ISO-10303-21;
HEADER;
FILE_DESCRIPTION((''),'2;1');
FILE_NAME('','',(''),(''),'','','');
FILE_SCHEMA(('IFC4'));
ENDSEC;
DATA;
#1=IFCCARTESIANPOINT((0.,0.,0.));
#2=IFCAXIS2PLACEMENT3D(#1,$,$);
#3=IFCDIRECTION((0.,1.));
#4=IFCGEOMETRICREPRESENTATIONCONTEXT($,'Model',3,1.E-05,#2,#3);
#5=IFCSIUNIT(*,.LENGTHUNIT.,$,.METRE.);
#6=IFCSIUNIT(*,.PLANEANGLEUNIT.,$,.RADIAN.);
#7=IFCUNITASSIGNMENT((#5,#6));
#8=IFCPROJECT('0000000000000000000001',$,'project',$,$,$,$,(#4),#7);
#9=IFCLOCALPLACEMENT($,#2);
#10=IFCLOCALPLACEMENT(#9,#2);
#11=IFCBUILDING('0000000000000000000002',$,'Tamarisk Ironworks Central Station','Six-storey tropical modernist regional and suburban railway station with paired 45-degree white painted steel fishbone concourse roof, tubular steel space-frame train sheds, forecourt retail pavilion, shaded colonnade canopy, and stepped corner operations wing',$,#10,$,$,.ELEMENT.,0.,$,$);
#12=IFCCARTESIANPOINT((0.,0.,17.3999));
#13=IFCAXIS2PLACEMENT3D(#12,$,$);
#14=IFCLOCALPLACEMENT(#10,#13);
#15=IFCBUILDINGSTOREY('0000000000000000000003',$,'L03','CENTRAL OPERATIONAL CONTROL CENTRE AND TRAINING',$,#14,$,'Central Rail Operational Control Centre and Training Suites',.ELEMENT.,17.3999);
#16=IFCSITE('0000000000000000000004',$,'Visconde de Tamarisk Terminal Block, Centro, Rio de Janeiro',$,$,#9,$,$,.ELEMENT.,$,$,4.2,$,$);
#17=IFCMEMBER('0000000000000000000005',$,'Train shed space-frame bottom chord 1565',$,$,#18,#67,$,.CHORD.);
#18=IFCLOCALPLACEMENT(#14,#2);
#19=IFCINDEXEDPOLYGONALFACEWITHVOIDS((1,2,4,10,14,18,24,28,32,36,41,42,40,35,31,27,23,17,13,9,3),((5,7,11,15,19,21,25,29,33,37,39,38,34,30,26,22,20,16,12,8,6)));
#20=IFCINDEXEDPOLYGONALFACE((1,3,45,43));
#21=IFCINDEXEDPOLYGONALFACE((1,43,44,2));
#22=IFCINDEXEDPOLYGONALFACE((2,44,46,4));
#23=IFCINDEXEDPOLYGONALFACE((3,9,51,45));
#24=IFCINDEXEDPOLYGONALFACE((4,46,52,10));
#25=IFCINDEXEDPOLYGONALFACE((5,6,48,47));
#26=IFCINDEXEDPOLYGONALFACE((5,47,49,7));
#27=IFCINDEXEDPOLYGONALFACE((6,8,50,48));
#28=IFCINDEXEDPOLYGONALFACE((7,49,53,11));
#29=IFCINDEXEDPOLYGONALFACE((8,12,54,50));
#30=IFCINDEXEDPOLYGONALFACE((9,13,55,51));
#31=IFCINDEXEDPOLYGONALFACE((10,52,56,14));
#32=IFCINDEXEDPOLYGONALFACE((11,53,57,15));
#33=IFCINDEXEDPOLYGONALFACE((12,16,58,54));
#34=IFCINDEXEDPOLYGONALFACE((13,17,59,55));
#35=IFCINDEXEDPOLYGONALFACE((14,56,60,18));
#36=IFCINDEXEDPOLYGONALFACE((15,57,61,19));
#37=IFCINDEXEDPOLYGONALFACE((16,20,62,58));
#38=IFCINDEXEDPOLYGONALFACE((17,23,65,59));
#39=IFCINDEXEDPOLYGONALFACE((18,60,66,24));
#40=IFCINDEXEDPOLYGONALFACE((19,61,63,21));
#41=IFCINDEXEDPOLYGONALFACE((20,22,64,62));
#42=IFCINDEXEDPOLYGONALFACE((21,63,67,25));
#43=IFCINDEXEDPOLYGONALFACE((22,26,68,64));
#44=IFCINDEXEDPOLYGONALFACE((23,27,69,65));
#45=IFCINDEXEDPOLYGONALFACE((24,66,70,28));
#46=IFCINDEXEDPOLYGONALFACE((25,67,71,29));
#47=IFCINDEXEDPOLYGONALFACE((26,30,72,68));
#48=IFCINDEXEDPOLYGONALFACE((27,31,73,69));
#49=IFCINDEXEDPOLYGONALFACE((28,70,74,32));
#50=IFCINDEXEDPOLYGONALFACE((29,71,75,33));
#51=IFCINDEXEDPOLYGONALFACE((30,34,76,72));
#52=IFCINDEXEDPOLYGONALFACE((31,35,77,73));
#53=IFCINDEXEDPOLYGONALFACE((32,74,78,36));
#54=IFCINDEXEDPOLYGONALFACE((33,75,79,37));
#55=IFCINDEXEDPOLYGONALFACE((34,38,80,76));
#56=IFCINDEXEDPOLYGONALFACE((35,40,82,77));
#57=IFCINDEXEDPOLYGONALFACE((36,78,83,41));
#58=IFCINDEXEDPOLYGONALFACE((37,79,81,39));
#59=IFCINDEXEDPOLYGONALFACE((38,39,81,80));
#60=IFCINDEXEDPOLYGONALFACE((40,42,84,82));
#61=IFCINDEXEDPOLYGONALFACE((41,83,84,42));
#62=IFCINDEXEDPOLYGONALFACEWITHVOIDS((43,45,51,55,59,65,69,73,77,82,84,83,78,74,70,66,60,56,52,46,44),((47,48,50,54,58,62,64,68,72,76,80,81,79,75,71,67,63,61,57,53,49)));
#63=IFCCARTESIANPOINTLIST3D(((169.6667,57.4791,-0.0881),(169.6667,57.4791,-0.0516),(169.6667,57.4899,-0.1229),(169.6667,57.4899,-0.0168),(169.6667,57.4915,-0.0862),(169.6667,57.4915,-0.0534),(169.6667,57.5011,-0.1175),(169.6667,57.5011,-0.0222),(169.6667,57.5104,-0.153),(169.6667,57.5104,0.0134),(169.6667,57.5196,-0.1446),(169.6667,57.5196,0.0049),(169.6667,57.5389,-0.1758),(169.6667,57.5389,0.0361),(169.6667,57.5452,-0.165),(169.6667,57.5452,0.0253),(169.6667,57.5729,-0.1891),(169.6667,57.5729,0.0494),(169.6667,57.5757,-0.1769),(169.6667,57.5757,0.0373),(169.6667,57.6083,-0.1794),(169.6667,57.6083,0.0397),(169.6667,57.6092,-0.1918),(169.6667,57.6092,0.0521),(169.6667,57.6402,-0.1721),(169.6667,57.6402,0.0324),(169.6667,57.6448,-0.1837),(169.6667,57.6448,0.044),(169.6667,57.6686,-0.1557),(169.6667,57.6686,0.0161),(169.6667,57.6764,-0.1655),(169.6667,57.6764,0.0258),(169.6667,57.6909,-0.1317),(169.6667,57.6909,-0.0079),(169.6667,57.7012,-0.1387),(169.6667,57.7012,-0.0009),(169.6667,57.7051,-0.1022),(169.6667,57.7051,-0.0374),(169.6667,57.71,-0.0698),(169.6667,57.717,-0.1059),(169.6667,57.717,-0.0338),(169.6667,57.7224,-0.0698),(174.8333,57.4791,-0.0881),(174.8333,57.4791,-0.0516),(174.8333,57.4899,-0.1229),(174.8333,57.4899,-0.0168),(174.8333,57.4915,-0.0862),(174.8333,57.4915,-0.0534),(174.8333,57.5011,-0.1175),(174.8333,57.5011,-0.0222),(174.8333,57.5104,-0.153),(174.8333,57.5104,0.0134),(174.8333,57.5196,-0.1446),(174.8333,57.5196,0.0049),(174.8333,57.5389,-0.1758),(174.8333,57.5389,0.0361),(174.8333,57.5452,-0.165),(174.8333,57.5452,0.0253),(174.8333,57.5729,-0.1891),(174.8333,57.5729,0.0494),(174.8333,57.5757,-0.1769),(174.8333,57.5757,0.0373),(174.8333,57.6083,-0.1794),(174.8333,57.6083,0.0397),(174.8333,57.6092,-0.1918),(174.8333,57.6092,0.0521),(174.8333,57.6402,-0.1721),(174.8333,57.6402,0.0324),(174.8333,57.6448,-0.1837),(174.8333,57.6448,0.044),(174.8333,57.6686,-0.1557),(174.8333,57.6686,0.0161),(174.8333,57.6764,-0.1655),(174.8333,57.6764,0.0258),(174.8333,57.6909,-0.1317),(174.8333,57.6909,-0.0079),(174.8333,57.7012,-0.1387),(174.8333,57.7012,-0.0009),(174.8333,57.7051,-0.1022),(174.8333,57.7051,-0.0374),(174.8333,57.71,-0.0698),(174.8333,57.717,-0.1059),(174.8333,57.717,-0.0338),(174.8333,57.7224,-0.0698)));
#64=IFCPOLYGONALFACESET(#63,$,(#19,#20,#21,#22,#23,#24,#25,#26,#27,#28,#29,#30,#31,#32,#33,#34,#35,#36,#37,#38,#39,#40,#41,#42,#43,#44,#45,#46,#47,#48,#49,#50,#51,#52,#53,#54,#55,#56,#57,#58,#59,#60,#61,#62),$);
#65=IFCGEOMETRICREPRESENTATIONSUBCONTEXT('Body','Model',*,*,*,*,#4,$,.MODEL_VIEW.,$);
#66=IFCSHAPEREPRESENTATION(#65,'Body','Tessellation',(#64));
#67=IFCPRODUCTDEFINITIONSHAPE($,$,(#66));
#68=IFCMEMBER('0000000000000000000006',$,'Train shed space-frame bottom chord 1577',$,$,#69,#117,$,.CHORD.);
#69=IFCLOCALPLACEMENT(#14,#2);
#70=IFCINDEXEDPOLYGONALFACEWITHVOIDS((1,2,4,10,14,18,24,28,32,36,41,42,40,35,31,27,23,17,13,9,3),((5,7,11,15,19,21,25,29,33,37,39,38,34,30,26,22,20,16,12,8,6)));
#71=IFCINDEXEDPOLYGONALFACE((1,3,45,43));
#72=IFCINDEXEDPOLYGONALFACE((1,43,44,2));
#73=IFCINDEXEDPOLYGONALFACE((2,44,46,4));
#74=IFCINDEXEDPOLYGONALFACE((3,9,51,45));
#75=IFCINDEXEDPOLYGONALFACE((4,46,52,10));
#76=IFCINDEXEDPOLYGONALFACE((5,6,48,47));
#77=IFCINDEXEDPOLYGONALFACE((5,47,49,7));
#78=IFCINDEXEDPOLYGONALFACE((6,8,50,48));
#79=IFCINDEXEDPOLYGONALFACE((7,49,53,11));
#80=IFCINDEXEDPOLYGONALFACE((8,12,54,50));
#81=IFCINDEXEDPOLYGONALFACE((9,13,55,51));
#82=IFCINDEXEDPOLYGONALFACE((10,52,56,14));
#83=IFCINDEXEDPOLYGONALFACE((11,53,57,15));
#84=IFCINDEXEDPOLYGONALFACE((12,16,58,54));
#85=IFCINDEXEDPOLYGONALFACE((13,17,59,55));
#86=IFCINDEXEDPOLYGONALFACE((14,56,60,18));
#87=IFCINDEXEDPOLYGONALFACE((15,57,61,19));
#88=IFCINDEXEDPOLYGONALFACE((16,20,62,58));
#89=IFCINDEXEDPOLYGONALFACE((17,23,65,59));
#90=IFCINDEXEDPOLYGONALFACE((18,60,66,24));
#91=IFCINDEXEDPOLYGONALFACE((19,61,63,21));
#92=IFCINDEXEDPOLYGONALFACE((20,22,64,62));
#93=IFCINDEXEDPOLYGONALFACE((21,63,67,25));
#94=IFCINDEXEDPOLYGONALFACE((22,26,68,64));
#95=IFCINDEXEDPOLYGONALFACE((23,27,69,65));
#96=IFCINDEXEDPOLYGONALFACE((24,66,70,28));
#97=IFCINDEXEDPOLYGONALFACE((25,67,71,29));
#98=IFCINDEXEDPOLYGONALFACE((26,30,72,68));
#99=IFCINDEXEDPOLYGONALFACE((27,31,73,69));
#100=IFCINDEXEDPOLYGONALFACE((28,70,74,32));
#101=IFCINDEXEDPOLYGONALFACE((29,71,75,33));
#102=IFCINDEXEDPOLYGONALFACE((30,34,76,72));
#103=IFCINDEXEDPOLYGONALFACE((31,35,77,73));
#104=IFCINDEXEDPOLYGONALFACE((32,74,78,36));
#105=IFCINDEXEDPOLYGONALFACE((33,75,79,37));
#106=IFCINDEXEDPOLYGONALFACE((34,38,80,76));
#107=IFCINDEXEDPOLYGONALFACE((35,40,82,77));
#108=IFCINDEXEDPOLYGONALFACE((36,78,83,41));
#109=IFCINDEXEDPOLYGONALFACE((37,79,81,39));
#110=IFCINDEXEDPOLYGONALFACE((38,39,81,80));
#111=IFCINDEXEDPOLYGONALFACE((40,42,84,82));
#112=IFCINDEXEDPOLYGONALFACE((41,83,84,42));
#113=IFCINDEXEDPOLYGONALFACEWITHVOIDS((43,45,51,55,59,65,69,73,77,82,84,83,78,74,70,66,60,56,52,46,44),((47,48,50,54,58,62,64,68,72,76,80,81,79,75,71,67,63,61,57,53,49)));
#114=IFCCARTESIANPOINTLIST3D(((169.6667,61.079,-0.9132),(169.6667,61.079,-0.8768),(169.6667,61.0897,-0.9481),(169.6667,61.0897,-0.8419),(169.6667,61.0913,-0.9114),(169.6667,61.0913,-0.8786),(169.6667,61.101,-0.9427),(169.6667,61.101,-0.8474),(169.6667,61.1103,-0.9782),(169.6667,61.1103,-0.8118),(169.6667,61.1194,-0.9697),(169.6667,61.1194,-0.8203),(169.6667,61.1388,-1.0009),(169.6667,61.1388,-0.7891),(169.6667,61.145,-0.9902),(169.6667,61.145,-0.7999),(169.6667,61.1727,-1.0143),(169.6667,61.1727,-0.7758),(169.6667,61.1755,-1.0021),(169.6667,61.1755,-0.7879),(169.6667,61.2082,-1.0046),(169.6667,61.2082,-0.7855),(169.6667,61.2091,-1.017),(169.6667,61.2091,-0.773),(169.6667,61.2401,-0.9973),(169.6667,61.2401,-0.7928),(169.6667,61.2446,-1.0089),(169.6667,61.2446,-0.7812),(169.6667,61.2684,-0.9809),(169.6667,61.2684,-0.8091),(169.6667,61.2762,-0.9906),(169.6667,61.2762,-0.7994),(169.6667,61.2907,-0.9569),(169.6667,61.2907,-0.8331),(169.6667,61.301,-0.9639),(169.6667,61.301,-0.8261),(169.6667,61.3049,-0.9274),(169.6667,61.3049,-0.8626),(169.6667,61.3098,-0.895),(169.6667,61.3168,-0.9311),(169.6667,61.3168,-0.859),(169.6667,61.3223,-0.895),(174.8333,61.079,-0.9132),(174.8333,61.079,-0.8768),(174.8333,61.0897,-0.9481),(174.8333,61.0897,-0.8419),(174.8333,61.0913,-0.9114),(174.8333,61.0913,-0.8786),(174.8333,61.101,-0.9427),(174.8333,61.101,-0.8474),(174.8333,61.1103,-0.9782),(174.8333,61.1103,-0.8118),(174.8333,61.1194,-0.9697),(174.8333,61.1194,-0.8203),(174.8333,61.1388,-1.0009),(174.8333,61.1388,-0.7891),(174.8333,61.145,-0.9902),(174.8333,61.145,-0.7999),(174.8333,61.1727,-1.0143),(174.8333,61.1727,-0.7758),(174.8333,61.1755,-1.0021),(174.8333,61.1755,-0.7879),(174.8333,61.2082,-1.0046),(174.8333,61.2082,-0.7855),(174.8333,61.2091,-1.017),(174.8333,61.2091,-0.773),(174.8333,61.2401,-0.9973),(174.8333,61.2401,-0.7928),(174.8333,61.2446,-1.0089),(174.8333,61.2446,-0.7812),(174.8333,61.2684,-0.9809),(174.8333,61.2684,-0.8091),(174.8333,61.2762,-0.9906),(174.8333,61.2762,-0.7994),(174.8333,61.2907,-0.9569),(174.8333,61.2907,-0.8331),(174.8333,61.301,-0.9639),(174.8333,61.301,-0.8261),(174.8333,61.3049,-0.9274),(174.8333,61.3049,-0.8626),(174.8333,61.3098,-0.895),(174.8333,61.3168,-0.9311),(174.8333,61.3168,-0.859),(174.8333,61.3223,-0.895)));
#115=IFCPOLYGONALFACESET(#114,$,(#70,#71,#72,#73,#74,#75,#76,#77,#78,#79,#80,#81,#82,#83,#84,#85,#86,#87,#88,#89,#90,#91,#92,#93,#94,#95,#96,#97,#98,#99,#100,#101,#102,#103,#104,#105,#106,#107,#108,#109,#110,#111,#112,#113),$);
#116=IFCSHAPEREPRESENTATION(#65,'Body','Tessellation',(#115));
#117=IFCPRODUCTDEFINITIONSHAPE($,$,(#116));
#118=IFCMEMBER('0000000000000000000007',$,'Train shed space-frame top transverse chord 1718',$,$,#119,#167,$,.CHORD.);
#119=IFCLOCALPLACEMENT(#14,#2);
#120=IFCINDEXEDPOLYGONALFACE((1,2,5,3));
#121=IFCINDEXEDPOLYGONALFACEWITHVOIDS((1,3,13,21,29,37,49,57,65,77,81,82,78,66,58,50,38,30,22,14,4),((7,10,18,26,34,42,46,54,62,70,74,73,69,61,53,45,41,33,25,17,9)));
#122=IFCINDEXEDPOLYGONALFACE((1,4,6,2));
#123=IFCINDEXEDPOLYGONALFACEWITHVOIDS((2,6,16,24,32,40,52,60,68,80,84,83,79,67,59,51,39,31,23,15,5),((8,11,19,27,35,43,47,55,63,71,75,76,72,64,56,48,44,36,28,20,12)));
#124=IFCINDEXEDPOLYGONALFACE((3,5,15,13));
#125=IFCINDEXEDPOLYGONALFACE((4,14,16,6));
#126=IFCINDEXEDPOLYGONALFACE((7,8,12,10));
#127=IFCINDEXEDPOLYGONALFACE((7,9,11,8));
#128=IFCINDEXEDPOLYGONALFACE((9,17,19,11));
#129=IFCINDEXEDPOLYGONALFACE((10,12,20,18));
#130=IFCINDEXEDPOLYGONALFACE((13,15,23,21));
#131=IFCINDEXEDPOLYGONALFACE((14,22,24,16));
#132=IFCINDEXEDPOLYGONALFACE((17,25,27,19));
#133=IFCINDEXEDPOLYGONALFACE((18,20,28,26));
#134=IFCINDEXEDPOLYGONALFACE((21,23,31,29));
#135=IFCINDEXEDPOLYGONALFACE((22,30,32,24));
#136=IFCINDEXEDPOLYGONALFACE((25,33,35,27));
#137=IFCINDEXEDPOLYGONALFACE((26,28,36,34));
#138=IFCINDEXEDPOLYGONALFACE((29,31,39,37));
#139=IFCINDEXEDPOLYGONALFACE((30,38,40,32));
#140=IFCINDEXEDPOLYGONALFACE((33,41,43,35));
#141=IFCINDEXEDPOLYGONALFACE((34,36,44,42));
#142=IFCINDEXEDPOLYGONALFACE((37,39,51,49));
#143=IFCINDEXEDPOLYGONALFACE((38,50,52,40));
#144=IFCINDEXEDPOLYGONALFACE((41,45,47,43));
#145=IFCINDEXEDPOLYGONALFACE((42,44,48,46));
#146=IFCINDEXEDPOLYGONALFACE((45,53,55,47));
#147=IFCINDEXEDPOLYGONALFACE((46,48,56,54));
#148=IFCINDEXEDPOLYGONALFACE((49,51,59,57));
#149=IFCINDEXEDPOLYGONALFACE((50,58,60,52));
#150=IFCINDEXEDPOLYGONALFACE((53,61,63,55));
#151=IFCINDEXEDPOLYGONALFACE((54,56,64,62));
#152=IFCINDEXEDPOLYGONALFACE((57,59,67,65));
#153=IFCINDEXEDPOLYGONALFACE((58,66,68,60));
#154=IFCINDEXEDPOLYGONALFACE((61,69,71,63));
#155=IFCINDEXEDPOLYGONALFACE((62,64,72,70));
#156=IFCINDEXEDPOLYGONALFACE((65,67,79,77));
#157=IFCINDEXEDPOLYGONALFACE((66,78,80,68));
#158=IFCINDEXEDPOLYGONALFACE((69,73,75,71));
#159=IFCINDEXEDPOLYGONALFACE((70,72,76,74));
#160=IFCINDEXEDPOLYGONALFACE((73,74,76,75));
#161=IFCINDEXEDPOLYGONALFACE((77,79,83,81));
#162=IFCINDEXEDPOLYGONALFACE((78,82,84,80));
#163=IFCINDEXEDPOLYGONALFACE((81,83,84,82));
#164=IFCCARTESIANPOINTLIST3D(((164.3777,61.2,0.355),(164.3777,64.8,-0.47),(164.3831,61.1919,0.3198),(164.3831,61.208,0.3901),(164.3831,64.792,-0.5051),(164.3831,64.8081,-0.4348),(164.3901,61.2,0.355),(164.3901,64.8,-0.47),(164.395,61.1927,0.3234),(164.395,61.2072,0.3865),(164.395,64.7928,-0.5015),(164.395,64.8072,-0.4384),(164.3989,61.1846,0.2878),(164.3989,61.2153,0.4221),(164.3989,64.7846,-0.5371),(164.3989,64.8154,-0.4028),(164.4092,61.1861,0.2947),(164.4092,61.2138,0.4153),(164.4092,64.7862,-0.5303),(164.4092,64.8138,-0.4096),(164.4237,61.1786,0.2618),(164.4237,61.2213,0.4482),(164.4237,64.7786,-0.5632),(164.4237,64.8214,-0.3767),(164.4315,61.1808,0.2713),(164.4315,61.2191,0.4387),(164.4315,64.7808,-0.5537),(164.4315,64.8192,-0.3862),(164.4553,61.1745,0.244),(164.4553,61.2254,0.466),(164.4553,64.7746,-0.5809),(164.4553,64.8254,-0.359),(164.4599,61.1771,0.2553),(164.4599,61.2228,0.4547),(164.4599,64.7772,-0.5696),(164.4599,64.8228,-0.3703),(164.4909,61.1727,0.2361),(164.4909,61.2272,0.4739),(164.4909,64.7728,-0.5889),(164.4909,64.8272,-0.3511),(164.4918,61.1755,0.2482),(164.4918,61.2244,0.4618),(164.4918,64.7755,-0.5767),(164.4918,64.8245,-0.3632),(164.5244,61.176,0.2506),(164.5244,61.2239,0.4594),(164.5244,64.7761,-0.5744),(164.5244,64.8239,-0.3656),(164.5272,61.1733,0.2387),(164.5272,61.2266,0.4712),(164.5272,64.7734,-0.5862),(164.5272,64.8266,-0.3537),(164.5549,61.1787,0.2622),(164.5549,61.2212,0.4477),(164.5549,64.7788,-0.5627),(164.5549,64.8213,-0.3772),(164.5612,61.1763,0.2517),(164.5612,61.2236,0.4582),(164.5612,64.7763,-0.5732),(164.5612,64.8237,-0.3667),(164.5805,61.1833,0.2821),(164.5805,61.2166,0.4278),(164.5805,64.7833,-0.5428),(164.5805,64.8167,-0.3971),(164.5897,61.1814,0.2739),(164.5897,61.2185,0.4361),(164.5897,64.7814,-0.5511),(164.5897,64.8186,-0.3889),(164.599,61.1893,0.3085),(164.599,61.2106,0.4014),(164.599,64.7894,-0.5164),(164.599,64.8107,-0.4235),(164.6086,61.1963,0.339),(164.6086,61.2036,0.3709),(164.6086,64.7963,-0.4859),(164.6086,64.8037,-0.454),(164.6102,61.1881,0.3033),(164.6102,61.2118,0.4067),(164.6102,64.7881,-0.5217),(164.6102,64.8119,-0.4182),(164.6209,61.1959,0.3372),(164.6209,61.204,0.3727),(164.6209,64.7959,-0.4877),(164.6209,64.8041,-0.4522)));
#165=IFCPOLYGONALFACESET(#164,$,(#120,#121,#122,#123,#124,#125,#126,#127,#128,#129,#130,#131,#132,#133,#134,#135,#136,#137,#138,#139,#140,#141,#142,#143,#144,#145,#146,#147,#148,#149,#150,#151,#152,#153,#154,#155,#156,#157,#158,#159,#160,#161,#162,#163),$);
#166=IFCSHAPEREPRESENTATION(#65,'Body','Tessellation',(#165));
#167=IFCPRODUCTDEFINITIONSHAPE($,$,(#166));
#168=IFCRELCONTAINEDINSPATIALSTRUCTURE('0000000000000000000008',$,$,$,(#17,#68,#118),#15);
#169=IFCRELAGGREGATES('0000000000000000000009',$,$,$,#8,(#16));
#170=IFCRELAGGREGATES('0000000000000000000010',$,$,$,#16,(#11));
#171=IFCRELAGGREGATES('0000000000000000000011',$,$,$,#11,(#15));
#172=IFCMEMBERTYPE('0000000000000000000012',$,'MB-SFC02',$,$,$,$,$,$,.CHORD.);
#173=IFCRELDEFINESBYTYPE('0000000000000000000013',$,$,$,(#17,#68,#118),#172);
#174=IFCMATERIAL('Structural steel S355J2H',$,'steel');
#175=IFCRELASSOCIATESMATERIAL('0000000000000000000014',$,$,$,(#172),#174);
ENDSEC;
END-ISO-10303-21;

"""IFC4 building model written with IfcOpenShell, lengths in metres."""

from ifc_helpers import new_model, si_unit, direction, frame, origin, origin_2d, place, context, subcontext, project, spatial, hollow_circle, extrude, material, material_profile, profile_set, type_object, element, save


model = new_model("IFC4")

# Units and contexts
model_context = context("Model", 3, precision=1e-05, world=origin(), true_north=direction((0.0, 1.0)))
body_context = subcontext(model_context, "Body", "Model", "MODEL_VIEW")
ifc_project = project(units=[si_unit("LENGTHUNIT", "METRE"), si_unit("PLANEANGLEUNIT", "RADIAN")], contexts=[model_context])

# Site, building, storey
site_placement = place(None, origin())
site = spatial("IfcSite", under=ifc_project, at=site_placement, Name="Visconde de Tamarisk Terminal Block, Centro, Rio de Janeiro", CompositionType="ELEMENT", RefElevation=4.2)
building_placement = place(site_placement, origin())
building = spatial("IfcBuilding", under=site, at=building_placement, Name="Tamarisk Ironworks Central Station", Description="Six-storey tropical modernist regional and suburban railway station with paired 45-degree white painted steel fishbone concourse roof, tubular steel space-frame train sheds, forecourt retail pavilion, shaded colonnade canopy, and stepped corner operations wing", CompositionType="ELEMENT", ElevationOfRefHeight=0.0)
storey_placement = place(building_placement, frame((0.0, 0.0, 17.3999)))
storey = spatial("IfcBuildingStorey", under=building, at=storey_placement, Name="L03", Description="CENTRAL OPERATIONAL CONTROL CENTRE AND TRAINING", LongName="Central Rail Operational Control Centre and Training Suites", CompositionType="ELEMENT", Elevation=17.3999)

# Members
ifc_material = material(Name="Structural steel S355J2H", Category="steel")
ifc_material_profile_1 = material_profile(ifc_material, hollow_circle(Radius=0.1223, WallThickness=0.0125, at=origin_2d()), Name="CHS 244.5x12.5")
ifc_profile_set_1 = profile_set([ifc_material_profile_1], Name="Structural steel S355J2H")
member_type_1 = type_object("IfcMemberType", Name="MB-SFC02", PredefinedType="CHORD", material=ifc_profile_set_1)
for number, where, z_axis, x_axis, name in (
    (1, (169.6667, 57.6001, -0.0698), (1.0, 0.0, 0.0), (0.0, 1.0, 0.0), "Train shed space-frame bottom chord 1565"),
    (2, (169.6667, 61.2, -0.895), (1.0, 0.0, 0.0), (0.0, 1.0, 0.0), "Train shed space-frame bottom chord 1577"),
):
    element("IfcMember", number, at=place(storey_placement, frame(where, z_axis=z_axis, x_axis=x_axis)), inside=storey, type_object=member_type_1, Name=name, PredefinedType="CHORD", context=body_context, shape_type="SweptSolid", body=[
        extrude(hollow_circle(Radius=0.1223, WallThickness=0.0125, at=origin_2d()), origin(), (0.0, 0.0, 1.0), 5.1665),
    ])
member_1_placement = place(storey_placement, frame((164.5, 61.2, 0.355), z_axis=(0.0, 0.974737, -0.223358), x_axis=(-1.0, 0.0, 0.0)))
element("IfcMember", 3, at=member_1_placement, inside=storey, type_object=member_type_1, Name="Train shed space-frame top transverse chord 1718", PredefinedType="CHORD", context=body_context, shape_type="SweptSolid", body=[
    extrude(hollow_circle(Radius=0.1223, WallThickness=0.0125, at=origin_2d()), origin(), (0.0, 0.0, 1.0), 3.6934),
])

save(model, "model.ifc")
